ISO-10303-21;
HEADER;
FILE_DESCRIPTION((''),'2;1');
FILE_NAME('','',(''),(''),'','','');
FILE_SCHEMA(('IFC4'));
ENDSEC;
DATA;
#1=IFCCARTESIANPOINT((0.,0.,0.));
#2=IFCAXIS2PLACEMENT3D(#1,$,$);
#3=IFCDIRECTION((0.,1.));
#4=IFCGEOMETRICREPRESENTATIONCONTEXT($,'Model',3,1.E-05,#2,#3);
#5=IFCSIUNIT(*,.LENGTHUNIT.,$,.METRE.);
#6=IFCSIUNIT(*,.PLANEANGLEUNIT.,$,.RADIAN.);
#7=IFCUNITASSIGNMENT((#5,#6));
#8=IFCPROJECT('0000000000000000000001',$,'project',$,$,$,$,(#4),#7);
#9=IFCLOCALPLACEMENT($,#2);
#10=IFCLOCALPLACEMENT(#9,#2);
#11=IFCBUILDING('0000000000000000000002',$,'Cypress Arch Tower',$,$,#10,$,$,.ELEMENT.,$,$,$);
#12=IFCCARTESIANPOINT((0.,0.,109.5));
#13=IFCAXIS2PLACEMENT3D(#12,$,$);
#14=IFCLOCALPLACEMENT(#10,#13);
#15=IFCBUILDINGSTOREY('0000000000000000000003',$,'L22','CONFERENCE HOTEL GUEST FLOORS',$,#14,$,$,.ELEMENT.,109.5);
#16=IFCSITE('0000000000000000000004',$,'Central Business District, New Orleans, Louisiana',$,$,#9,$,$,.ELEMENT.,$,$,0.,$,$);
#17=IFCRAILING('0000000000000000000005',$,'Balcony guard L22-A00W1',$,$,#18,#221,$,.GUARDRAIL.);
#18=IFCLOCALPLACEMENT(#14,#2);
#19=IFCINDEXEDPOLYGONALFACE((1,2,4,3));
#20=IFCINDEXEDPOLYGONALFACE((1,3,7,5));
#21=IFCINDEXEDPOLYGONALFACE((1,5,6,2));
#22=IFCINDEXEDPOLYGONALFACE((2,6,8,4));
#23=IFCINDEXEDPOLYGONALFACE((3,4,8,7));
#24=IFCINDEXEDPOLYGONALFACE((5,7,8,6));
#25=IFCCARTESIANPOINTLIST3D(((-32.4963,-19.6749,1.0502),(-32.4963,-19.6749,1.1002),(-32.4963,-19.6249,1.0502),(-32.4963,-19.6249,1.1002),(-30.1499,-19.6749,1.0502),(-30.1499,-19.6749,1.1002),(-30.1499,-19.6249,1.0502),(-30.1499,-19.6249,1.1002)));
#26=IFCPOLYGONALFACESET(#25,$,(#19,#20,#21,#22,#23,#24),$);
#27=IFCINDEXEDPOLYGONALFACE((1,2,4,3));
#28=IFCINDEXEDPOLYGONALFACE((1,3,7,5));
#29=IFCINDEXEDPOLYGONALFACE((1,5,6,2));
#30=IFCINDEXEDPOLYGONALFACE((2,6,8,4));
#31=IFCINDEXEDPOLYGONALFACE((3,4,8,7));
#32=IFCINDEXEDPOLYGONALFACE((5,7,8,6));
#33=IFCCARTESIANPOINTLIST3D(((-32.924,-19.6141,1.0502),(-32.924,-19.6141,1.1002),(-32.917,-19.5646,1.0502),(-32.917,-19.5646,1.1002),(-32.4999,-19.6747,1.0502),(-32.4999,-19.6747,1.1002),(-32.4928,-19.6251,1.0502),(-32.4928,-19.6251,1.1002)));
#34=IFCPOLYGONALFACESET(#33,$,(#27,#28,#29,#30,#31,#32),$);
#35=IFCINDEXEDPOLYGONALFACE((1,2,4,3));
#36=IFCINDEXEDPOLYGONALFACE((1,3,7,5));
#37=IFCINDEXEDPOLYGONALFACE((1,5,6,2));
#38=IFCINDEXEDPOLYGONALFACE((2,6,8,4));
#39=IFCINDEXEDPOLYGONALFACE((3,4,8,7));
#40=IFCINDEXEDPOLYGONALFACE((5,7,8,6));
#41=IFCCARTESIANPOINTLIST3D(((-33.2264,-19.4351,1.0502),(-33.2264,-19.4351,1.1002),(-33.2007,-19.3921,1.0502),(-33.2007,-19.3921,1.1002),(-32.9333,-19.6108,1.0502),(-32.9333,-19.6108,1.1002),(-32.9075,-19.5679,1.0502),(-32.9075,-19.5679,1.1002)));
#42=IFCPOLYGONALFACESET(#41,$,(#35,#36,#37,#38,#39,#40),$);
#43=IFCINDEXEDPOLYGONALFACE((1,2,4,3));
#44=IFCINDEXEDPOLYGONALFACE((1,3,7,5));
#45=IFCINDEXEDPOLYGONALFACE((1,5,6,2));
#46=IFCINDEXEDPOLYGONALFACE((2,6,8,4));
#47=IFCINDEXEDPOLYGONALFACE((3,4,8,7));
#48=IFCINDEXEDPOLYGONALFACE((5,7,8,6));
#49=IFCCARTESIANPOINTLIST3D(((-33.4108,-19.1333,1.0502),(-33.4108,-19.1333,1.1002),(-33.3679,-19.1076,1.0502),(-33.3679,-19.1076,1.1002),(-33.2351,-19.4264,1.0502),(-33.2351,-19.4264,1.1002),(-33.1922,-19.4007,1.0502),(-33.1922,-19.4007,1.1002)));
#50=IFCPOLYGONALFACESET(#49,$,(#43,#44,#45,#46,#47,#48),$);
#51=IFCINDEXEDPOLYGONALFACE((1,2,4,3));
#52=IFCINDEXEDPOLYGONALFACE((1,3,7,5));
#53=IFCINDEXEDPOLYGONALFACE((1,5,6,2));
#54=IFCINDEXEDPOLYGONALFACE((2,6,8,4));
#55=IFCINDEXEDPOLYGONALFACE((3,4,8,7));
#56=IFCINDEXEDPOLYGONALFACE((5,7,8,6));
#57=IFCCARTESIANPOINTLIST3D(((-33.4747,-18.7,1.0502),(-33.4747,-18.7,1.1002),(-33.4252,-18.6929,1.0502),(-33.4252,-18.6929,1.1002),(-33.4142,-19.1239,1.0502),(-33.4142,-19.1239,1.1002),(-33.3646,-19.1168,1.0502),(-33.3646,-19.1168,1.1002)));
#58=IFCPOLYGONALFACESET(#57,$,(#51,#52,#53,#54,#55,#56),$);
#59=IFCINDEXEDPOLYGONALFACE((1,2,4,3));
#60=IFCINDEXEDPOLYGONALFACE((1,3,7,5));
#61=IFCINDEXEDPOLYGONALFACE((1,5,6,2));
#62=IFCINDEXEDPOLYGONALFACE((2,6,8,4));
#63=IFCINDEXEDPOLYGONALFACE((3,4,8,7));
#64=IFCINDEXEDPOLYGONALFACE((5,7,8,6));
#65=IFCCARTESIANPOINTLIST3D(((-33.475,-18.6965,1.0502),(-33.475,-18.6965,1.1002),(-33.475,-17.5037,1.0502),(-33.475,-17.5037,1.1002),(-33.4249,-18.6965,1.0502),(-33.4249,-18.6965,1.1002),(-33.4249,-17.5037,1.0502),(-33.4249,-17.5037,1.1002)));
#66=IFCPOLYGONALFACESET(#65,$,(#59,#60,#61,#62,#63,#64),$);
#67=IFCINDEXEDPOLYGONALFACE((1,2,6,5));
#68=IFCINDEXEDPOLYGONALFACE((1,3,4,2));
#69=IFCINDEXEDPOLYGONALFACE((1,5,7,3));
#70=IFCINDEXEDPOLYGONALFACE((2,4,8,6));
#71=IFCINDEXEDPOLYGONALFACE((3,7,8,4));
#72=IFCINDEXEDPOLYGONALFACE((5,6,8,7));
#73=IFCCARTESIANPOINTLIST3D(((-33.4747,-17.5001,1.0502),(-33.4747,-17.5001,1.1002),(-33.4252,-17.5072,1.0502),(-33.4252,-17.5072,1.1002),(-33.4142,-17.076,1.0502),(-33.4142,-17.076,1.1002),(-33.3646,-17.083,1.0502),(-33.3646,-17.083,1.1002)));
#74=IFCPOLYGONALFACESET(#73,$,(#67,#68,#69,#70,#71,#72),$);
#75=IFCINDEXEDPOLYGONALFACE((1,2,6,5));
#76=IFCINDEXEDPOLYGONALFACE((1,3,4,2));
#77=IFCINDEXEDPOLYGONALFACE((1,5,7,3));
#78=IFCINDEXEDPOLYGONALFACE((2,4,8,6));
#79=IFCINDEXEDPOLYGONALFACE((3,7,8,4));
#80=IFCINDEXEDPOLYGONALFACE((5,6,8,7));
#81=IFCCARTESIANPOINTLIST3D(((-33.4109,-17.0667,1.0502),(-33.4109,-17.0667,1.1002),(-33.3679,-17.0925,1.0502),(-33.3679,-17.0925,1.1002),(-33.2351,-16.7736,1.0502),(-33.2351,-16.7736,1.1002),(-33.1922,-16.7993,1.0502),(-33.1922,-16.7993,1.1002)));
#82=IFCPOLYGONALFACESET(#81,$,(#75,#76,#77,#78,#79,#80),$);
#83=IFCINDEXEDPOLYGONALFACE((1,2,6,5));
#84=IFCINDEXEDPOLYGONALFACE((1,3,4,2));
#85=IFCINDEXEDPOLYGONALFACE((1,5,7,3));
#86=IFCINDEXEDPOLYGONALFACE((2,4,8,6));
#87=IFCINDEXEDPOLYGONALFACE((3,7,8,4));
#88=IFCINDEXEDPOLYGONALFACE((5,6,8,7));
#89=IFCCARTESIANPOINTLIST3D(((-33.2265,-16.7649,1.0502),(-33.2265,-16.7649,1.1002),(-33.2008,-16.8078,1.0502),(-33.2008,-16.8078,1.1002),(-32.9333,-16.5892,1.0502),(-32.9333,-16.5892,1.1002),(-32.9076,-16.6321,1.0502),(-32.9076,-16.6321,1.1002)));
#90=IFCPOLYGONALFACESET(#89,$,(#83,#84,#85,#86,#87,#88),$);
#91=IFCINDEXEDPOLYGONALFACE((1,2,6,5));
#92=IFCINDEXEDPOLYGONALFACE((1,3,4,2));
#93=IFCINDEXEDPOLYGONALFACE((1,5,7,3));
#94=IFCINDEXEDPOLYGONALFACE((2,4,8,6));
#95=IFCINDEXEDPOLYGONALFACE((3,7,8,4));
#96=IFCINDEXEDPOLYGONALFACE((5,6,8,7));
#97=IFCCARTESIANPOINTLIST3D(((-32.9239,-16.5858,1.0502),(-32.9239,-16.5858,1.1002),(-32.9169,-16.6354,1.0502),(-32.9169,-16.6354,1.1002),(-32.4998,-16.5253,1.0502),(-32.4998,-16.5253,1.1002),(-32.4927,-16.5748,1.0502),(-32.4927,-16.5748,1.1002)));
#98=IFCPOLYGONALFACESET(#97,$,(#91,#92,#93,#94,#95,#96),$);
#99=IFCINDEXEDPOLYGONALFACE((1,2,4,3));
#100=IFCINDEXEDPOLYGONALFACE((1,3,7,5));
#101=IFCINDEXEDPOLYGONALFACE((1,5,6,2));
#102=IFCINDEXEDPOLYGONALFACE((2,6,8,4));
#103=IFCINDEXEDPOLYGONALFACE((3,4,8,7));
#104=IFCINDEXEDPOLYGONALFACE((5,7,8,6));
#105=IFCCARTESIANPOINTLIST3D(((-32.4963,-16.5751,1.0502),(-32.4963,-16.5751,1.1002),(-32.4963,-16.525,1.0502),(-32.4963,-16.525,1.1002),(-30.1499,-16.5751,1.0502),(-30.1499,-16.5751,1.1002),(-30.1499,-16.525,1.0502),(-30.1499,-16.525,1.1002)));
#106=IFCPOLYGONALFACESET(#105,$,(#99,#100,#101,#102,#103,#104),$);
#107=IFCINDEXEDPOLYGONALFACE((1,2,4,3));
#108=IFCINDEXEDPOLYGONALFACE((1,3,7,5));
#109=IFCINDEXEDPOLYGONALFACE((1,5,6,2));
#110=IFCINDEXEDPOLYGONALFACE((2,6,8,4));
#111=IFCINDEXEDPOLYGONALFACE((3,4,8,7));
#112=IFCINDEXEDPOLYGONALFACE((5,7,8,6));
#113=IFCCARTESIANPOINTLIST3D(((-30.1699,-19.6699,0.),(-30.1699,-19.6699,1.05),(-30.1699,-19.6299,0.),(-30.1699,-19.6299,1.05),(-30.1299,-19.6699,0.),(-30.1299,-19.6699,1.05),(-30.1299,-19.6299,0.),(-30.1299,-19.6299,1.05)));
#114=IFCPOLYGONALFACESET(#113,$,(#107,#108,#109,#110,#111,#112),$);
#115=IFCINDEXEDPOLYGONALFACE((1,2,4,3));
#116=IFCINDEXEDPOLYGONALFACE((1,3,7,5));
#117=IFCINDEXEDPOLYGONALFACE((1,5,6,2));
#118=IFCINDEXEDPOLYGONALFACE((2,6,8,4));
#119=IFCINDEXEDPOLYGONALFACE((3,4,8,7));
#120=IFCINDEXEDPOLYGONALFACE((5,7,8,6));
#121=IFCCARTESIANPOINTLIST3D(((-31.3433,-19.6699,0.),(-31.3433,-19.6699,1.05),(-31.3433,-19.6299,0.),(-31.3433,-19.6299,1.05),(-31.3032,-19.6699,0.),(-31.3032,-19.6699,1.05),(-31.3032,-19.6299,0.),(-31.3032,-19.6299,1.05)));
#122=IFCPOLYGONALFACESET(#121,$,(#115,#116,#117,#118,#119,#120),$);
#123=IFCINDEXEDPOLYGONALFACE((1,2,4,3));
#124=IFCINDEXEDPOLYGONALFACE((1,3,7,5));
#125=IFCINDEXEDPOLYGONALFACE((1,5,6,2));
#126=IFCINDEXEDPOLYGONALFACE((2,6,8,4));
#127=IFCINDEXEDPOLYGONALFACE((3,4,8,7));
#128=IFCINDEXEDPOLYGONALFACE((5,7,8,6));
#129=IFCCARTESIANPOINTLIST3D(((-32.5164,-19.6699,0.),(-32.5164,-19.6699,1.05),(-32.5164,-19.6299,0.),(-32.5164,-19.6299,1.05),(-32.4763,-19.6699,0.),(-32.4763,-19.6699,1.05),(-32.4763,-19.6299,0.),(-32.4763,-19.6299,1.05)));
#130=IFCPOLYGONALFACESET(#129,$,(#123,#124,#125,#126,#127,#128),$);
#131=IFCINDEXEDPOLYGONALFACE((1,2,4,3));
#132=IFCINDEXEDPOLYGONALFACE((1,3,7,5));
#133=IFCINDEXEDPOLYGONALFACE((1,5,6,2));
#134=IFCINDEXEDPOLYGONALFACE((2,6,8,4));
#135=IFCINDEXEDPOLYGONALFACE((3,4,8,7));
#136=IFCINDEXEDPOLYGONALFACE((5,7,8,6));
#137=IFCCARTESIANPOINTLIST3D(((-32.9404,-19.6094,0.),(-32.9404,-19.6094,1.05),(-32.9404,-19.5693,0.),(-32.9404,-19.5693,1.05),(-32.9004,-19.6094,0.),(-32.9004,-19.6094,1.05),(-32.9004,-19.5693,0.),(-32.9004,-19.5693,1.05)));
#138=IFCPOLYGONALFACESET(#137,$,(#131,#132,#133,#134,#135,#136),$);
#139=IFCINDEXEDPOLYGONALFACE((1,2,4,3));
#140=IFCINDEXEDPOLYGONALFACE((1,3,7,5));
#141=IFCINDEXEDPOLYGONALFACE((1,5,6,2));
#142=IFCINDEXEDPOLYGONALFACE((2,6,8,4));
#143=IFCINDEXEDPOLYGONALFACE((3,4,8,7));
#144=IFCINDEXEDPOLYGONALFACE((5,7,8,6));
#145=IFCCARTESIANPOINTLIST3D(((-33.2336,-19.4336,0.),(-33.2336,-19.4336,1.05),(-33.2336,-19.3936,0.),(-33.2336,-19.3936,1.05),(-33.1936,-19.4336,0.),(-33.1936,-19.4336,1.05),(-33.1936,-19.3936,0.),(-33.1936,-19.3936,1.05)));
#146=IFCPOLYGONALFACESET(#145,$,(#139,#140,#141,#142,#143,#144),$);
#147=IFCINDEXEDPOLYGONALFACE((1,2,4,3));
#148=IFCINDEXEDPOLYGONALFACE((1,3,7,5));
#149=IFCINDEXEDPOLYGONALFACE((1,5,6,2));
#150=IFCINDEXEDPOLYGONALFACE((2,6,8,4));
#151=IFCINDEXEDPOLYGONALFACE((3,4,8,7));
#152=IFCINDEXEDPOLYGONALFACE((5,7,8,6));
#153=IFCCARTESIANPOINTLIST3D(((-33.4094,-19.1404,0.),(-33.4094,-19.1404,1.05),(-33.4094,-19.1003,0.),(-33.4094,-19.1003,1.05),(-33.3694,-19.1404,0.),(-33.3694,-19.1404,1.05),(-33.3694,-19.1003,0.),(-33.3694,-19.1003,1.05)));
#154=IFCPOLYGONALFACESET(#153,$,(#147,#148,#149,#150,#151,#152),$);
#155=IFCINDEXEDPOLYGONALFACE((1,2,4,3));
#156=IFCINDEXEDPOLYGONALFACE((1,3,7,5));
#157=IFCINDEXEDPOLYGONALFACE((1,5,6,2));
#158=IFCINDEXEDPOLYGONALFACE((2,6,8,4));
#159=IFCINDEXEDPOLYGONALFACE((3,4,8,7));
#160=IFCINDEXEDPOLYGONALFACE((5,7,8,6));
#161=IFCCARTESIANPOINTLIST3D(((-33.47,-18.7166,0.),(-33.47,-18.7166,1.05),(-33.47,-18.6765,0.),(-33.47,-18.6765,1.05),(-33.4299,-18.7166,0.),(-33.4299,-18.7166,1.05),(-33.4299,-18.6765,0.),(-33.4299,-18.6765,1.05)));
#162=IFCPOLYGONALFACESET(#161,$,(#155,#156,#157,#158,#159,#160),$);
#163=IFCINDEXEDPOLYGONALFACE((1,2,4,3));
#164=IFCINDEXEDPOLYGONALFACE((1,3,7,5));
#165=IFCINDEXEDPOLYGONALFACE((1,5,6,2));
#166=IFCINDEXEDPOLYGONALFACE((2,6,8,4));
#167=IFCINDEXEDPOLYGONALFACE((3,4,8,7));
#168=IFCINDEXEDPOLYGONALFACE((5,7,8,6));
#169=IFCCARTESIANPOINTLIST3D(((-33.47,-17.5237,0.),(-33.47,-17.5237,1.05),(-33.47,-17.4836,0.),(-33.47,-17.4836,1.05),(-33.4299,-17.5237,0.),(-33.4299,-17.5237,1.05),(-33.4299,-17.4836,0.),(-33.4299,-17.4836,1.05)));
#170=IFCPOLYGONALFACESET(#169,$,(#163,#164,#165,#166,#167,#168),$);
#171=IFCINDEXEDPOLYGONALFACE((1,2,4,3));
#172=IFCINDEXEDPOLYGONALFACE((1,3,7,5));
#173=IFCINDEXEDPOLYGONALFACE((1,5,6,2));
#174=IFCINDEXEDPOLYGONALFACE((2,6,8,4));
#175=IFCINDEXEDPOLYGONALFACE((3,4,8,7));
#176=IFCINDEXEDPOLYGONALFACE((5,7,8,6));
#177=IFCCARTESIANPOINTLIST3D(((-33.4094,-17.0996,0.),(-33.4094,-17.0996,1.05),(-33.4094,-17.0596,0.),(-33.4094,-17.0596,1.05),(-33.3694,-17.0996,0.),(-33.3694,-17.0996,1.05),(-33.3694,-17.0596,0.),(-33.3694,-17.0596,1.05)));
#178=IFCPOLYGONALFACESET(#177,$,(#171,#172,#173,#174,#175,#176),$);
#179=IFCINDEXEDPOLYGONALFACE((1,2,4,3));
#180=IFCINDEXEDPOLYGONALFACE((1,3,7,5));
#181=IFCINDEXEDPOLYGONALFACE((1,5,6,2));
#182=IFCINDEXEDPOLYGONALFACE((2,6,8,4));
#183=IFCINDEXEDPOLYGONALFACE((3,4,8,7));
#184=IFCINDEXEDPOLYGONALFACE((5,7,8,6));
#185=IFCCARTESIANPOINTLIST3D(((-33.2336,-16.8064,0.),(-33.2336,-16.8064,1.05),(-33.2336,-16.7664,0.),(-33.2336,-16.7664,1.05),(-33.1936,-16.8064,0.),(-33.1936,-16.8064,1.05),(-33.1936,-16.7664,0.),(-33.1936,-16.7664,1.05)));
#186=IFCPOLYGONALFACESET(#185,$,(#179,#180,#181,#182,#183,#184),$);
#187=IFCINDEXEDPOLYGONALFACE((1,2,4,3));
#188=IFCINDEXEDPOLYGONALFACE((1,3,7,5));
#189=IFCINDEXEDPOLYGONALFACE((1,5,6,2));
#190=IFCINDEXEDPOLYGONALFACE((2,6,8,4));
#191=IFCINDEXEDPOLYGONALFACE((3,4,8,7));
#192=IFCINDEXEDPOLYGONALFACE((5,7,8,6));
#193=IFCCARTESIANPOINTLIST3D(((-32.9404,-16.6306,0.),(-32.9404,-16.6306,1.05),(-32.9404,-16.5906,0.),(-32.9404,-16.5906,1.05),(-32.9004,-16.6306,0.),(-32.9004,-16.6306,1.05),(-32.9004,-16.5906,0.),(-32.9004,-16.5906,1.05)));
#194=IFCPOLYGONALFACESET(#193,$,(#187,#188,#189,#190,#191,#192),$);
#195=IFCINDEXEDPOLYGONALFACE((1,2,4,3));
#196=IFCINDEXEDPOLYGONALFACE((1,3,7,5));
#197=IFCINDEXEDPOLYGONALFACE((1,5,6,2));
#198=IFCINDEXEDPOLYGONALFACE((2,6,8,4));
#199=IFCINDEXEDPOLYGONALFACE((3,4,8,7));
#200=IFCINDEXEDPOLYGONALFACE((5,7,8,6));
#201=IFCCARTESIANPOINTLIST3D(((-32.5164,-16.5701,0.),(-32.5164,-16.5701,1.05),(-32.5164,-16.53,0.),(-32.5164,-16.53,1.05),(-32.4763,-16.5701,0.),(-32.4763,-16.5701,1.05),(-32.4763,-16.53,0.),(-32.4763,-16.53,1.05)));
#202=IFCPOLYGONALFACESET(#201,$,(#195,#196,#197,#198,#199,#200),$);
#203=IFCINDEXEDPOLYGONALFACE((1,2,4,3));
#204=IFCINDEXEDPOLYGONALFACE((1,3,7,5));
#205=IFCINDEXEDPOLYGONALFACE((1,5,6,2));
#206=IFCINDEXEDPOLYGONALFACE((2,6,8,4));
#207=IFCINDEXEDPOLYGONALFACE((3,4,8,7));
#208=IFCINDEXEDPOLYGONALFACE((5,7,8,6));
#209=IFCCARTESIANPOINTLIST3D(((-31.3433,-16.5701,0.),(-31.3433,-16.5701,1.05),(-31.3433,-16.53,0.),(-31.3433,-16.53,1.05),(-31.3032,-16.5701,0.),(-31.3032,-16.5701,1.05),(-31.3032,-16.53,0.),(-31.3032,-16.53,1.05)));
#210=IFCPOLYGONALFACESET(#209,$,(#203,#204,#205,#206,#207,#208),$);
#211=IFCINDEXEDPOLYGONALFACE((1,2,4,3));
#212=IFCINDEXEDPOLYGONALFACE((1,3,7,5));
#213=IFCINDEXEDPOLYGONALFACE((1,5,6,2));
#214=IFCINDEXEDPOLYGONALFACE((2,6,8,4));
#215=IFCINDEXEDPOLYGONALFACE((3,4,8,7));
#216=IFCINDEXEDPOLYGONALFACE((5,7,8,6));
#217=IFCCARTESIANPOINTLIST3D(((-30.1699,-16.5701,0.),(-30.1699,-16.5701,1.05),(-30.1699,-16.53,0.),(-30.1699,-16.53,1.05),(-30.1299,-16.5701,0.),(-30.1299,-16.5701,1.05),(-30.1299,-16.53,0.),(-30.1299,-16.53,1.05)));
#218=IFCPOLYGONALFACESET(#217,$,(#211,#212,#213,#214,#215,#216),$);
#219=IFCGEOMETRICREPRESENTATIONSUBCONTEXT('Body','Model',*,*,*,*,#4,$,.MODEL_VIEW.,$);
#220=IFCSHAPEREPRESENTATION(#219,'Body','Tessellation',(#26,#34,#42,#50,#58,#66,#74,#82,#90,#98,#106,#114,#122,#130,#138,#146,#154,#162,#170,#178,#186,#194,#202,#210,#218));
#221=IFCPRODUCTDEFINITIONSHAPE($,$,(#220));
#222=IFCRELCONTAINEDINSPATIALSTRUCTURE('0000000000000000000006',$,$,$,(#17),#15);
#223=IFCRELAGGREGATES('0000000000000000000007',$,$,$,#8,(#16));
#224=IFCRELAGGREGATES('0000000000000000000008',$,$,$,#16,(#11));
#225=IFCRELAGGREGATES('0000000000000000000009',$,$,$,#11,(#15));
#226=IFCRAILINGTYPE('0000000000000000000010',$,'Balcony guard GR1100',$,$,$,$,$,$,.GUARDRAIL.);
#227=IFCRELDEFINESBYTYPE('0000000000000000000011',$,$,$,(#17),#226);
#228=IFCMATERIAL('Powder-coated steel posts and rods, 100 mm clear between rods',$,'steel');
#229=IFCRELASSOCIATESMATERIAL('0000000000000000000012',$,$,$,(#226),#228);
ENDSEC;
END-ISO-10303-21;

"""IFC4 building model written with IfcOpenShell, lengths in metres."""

from ifc_helpers import new_model, si_unit, direction, frame, origin, origin_2d, place, context, subcontext, project, spatial, rectangle, extrude, material, type_object, element, save


model = new_model("IFC4")

# Units and contexts
model_context = context("Model", 3, precision=1e-05, world=origin(), true_north=direction((0.0, 1.0)))
body_context = subcontext(model_context, "Body", "Model", "MODEL_VIEW")
ifc_project = project(units=[si_unit("LENGTHUNIT", "METRE"), si_unit("PLANEANGLEUNIT", "RADIAN")], contexts=[model_context])

# Site, building, storey
site_placement = place(None, origin())
site = spatial("IfcSite", under=ifc_project, at=site_placement, Name="Central Business District, New Orleans, Louisiana", CompositionType="ELEMENT", RefElevation=0.0)
building_placement = place(site_placement, origin())
building = spatial("IfcBuilding", under=site, at=building_placement, Name="Cypress Arch Tower", CompositionType="ELEMENT")
storey_placement = place(building_placement, frame((0.0, 0.0, 109.5)))
storey = spatial("IfcBuildingStorey", under=building, at=storey_placement, Name="L22", Description="CONFERENCE HOTEL GUEST FLOORS", CompositionType="ELEMENT", Elevation=109.5)

# Railing
ifc_material_1 = material(Name="Powder-coated steel posts and rods, 100 mm clear between rods", Category="steel")
railing_type = type_object("IfcRailingType", Name="Balcony guard GR1100", PredefinedType="GUARDRAIL", material=ifc_material_1)
railing_placement = place(storey_placement, frame((-30.1499, -19.6499, 0.0)))
element("IfcRailing", 1, at=railing_placement, inside=storey, type_object=railing_type, Name="Balcony guard L22-A00W1", PredefinedType="GUARDRAIL", context=body_context, shape_type="SweptSolid", body=[
    extrude(rectangle(XDim=0.05, YDim=0.05, at=origin_2d()), frame((0.0, 0.0, 1.0752), z_axis=(-1.0, 0.0, 0.0), x_axis=(0.0, -1.0, 0.0)), (0.0, 0.0, 1.0), 2.3464),
    extrude(rectangle(XDim=0.05, YDim=0.05, at=origin_2d()), frame((-2.3464, 0.0, 1.0752), z_axis=(-0.989961, 0.141342, 0.0), x_axis=(-0.141342, -0.989961, 0.0)), (0.0, 0.0, 1.0), 0.4285),
    extrude(rectangle(XDim=0.05, YDim=0.05, at=origin_2d()), frame((-2.7705, 0.0605, 1.0752), z_axis=(-0.857682, 0.514181, 0.0), x_axis=(-0.514181, -0.857682, 0.0)), (0.0, 0.0, 1.0), 0.3418),
    extrude(rectangle(XDim=0.05, YDim=0.05, at=origin_2d()), frame((-3.0637, 0.2363, 1.0752), z_axis=(-0.514181, 0.857682, 0.0), x_axis=(-0.857682, -0.514181, 0.0)), (0.0, 0.0, 1.0), 0.3418),
    extrude(rectangle(XDim=0.05, YDim=0.05, at=origin_2d()), frame((-3.2395, 0.5295, 1.0752), z_axis=(-0.141421, 0.989949, 0.0), x_axis=(-0.989949, -0.141421, 0.0)), (0.0, 0.0, 1.0), 0.4282),
    extrude(rectangle(XDim=0.05, YDim=0.05, at=origin_2d()), frame((-3.3, 0.9534, 1.0752), z_axis=(0.0, 1.0, 0.0), x_axis=(-1.0, 0.0, 0.0)), (0.0, 0.0, 1.0), 1.1929),
    extrude(rectangle(XDim=0.05, YDim=0.05, at=origin_2d()), frame((-3.3, 2.1462, 1.0752), z_axis=(0.141342, 0.989961, 0.0), x_axis=(-0.989961, 0.141342, 0.0)), (0.0, 0.0, 1.0), 0.4285),
    extrude(rectangle(XDim=0.05, YDim=0.05, at=origin_2d()), frame((-3.2395, 2.5703, 1.0752), z_axis=(0.514181, 0.857682, 0.0), x_axis=(-0.857682, 0.514181, 0.0)), (0.0, 0.0, 1.0), 0.3418),
    extrude(rectangle(XDim=0.05, YDim=0.05, at=origin_2d()), frame((-3.0637, 2.8635, 1.0752), z_axis=(0.857682, 0.514181, 0.0), x_axis=(-0.514181, 0.857682, 0.0)), (0.0, 0.0, 1.0), 0.3418),
    extrude(rectangle(XDim=0.05, YDim=0.05, at=origin_2d()), frame((-2.7705, 3.0393, 1.0752), z_axis=(0.989961, 0.141342, 0.0), x_axis=(-0.141342, 0.989961, 0.0)), (0.0, 0.0, 1.0), 0.4285),
    extrude(rectangle(XDim=0.05, YDim=0.05, at=origin_2d()), frame((-2.3464, 3.0999, 1.0752), z_axis=(1.0, 0.0, 0.0), x_axis=(0.0, 1.0, 0.0)), (0.0, 0.0, 1.0), 2.3464),
    extrude(rectangle(XDim=0.04, YDim=0.04, at=origin_2d()), origin(), (0.0, 0.0, 1.0), 1.05),
    extrude(rectangle(XDim=0.04, YDim=0.04, at=origin_2d()), frame((-1.1733, 0.0, 0.0)), (0.0, 0.0, 1.0), 1.05),
    extrude(rectangle(XDim=0.04, YDim=0.04, at=origin_2d()), frame((-2.3464, 0.0, 0.0)), (0.0, 0.0, 1.0), 1.05),
    extrude(rectangle(XDim=0.04, YDim=0.04, at=origin_2d()), frame((-2.7705, 0.0605, 0.0)), (0.0, 0.0, 1.0), 1.05),
    extrude(rectangle(XDim=0.04, YDim=0.04, at=origin_2d()), frame((-3.0637, 0.2363, 0.0)), (0.0, 0.0, 1.0), 1.05),
    extrude(rectangle(XDim=0.04, YDim=0.04, at=origin_2d()), frame((-3.2395, 0.5295, 0.0)), (0.0, 0.0, 1.0), 1.05),
    extrude(rectangle(XDim=0.04, YDim=0.04, at=origin_2d()), frame((-3.3, 0.9534, 0.0)), (0.0, 0.0, 1.0), 1.05),
    extrude(rectangle(XDim=0.04, YDim=0.04, at=origin_2d()), frame((-3.3, 2.1462, 0.0)), (0.0, 0.0, 1.0), 1.05),
    extrude(rectangle(XDim=0.04, YDim=0.04, at=origin_2d()), frame((-3.2395, 2.5703, 0.0)), (0.0, 0.0, 1.0), 1.05),
    extrude(rectangle(XDim=0.04, YDim=0.04, at=origin_2d()), frame((-3.0637, 2.8635, 0.0)), (0.0, 0.0, 1.0), 1.05),
    extrude(rectangle(XDim=0.04, YDim=0.04, at=origin_2d()), frame((-2.7705, 3.0393, 0.0)), (0.0, 0.0, 1.0), 1.05),
    extrude(rectangle(XDim=0.04, YDim=0.04, at=origin_2d()), frame((-2.3464, 3.0999, 0.0)), (0.0, 0.0, 1.0), 1.05),
    extrude(rectangle(XDim=0.04, YDim=0.04, at=origin_2d()), frame((-1.1733, 3.0999, 0.0)), (0.0, 0.0, 1.0), 1.05),
    extrude(rectangle(XDim=0.04, YDim=0.04, at=origin_2d()), frame((0.0, 3.0999, 0.0)), (0.0, 0.0, 1.0), 1.05),
])

save(model, "model.ifc")
